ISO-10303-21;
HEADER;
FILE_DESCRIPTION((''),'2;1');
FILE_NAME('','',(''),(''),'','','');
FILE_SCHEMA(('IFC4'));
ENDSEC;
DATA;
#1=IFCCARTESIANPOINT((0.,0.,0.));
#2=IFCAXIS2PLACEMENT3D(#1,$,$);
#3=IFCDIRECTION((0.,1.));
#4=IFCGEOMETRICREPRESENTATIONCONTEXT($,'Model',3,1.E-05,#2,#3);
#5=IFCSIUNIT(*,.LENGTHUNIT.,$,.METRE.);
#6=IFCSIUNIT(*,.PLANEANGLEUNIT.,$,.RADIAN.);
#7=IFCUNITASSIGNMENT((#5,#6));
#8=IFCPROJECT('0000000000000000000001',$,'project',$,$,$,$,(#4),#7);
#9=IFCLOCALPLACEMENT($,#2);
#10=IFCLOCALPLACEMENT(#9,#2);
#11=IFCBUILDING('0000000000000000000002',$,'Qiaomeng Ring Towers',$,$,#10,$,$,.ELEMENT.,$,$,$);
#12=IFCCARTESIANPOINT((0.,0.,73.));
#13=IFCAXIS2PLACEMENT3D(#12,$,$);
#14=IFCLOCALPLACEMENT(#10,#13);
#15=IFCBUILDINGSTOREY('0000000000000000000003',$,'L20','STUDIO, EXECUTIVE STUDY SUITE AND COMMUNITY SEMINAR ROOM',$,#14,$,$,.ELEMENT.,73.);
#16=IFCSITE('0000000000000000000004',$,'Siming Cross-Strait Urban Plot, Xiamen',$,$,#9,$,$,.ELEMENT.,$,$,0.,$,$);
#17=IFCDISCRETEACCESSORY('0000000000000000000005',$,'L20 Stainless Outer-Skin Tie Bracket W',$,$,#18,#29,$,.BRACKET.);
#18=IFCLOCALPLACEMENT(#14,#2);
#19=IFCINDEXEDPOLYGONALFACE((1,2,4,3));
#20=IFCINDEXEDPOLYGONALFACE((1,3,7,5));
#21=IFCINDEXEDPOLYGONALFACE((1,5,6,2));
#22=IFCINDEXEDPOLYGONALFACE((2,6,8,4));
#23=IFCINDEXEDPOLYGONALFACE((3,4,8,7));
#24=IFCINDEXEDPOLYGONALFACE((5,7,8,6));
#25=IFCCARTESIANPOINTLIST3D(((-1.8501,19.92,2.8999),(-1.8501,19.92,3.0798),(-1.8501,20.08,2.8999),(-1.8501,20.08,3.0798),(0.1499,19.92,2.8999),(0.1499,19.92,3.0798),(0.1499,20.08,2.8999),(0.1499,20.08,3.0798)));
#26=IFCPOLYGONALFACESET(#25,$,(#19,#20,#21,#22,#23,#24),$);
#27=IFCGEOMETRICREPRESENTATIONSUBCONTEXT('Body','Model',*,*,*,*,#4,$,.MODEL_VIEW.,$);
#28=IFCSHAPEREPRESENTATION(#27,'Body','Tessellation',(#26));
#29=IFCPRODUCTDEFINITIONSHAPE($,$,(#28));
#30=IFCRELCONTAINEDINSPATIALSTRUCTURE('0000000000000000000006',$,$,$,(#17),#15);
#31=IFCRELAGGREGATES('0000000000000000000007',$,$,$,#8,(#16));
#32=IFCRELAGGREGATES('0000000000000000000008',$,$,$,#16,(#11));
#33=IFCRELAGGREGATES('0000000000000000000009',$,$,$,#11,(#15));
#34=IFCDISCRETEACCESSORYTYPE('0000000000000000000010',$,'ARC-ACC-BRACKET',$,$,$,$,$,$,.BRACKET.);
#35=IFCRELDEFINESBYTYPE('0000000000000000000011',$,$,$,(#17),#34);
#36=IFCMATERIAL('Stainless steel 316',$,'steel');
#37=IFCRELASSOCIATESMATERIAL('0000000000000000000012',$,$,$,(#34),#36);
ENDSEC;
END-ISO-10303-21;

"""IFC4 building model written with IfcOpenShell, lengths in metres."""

from ifc_helpers import new_model, si_unit, direction, frame, origin, origin_2d, place, context, subcontext, project, spatial, rectangle, extrude, source, transform, mapped, material, type_object, element, save


model = new_model("IFC4")

# Units and contexts
model_context = context("Model", 3, precision=1e-05, world=origin(), true_north=direction((0.0, 1.0)))
body_context = subcontext(model_context, "Body", "Model", "MODEL_VIEW")
ifc_project = project(units=[si_unit("LENGTHUNIT", "METRE"), si_unit("PLANEANGLEUNIT", "RADIAN")], contexts=[model_context])

# Site, building, storey
site_placement = place(None, origin())
site = spatial("IfcSite", under=ifc_project, at=site_placement, Name="Siming Cross-Strait Urban Plot, Xiamen", CompositionType="ELEMENT", RefElevation=0.0)
building_placement = place(site_placement, origin())
building = spatial("IfcBuilding", under=site, at=building_placement, Name="Qiaomeng Ring Towers", CompositionType="ELEMENT")
storey_placement = place(building_placement, frame((0.0, 0.0, 73.0)))
storey = spatial("IfcBuildingStorey", under=building, at=storey_placement, Name="L20", Description="STUDIO, EXECUTIVE STUDY SUITE AND COMMUNITY SEMINAR ROOM", CompositionType="ELEMENT", Elevation=73.0)

# Discrete accessory
ifc_material_1 = material(Name="Stainless steel 316", Category="steel")
discrete_accessory_type = type_object("IfcDiscreteAccessoryType", Name="ARC-ACC-BRACKET", PredefinedType="BRACKET", material=ifc_material_1)
shared_shape_1 = source(origin(), body_context, "Body", "SweptSolid", [
    extrude(rectangle(XDim=2.0, YDim=0.1599, at=origin_2d()), origin(), (0.0, 0.0, 1.0), 0.1799),
])
discrete_accessory_placement = place(storey_placement, frame((-0.8501, 20.0, 2.8999), z_axis=(0.0, 0.0, 1.0), x_axis=(1.0, 0.0, 0.0)))
element("IfcDiscreteAccessory", 1, at=discrete_accessory_placement, inside=storey, type_object=discrete_accessory_type, Name="L20 Stainless Outer-Skin Tie Bracket W", PredefinedType="BRACKET", context=body_context, shape_type="MappedRepresentation", body=[
    mapped(shared_shape_1, transform((0.0, 0.0, 0.0), x_axis=(1.0, 0.0, 0.0), y_axis=(0.0, 1.0, 0.0), z_axis=(0.0, 0.0, 1.0), scale=1.0)),
])

save(model, "model.ifc")
